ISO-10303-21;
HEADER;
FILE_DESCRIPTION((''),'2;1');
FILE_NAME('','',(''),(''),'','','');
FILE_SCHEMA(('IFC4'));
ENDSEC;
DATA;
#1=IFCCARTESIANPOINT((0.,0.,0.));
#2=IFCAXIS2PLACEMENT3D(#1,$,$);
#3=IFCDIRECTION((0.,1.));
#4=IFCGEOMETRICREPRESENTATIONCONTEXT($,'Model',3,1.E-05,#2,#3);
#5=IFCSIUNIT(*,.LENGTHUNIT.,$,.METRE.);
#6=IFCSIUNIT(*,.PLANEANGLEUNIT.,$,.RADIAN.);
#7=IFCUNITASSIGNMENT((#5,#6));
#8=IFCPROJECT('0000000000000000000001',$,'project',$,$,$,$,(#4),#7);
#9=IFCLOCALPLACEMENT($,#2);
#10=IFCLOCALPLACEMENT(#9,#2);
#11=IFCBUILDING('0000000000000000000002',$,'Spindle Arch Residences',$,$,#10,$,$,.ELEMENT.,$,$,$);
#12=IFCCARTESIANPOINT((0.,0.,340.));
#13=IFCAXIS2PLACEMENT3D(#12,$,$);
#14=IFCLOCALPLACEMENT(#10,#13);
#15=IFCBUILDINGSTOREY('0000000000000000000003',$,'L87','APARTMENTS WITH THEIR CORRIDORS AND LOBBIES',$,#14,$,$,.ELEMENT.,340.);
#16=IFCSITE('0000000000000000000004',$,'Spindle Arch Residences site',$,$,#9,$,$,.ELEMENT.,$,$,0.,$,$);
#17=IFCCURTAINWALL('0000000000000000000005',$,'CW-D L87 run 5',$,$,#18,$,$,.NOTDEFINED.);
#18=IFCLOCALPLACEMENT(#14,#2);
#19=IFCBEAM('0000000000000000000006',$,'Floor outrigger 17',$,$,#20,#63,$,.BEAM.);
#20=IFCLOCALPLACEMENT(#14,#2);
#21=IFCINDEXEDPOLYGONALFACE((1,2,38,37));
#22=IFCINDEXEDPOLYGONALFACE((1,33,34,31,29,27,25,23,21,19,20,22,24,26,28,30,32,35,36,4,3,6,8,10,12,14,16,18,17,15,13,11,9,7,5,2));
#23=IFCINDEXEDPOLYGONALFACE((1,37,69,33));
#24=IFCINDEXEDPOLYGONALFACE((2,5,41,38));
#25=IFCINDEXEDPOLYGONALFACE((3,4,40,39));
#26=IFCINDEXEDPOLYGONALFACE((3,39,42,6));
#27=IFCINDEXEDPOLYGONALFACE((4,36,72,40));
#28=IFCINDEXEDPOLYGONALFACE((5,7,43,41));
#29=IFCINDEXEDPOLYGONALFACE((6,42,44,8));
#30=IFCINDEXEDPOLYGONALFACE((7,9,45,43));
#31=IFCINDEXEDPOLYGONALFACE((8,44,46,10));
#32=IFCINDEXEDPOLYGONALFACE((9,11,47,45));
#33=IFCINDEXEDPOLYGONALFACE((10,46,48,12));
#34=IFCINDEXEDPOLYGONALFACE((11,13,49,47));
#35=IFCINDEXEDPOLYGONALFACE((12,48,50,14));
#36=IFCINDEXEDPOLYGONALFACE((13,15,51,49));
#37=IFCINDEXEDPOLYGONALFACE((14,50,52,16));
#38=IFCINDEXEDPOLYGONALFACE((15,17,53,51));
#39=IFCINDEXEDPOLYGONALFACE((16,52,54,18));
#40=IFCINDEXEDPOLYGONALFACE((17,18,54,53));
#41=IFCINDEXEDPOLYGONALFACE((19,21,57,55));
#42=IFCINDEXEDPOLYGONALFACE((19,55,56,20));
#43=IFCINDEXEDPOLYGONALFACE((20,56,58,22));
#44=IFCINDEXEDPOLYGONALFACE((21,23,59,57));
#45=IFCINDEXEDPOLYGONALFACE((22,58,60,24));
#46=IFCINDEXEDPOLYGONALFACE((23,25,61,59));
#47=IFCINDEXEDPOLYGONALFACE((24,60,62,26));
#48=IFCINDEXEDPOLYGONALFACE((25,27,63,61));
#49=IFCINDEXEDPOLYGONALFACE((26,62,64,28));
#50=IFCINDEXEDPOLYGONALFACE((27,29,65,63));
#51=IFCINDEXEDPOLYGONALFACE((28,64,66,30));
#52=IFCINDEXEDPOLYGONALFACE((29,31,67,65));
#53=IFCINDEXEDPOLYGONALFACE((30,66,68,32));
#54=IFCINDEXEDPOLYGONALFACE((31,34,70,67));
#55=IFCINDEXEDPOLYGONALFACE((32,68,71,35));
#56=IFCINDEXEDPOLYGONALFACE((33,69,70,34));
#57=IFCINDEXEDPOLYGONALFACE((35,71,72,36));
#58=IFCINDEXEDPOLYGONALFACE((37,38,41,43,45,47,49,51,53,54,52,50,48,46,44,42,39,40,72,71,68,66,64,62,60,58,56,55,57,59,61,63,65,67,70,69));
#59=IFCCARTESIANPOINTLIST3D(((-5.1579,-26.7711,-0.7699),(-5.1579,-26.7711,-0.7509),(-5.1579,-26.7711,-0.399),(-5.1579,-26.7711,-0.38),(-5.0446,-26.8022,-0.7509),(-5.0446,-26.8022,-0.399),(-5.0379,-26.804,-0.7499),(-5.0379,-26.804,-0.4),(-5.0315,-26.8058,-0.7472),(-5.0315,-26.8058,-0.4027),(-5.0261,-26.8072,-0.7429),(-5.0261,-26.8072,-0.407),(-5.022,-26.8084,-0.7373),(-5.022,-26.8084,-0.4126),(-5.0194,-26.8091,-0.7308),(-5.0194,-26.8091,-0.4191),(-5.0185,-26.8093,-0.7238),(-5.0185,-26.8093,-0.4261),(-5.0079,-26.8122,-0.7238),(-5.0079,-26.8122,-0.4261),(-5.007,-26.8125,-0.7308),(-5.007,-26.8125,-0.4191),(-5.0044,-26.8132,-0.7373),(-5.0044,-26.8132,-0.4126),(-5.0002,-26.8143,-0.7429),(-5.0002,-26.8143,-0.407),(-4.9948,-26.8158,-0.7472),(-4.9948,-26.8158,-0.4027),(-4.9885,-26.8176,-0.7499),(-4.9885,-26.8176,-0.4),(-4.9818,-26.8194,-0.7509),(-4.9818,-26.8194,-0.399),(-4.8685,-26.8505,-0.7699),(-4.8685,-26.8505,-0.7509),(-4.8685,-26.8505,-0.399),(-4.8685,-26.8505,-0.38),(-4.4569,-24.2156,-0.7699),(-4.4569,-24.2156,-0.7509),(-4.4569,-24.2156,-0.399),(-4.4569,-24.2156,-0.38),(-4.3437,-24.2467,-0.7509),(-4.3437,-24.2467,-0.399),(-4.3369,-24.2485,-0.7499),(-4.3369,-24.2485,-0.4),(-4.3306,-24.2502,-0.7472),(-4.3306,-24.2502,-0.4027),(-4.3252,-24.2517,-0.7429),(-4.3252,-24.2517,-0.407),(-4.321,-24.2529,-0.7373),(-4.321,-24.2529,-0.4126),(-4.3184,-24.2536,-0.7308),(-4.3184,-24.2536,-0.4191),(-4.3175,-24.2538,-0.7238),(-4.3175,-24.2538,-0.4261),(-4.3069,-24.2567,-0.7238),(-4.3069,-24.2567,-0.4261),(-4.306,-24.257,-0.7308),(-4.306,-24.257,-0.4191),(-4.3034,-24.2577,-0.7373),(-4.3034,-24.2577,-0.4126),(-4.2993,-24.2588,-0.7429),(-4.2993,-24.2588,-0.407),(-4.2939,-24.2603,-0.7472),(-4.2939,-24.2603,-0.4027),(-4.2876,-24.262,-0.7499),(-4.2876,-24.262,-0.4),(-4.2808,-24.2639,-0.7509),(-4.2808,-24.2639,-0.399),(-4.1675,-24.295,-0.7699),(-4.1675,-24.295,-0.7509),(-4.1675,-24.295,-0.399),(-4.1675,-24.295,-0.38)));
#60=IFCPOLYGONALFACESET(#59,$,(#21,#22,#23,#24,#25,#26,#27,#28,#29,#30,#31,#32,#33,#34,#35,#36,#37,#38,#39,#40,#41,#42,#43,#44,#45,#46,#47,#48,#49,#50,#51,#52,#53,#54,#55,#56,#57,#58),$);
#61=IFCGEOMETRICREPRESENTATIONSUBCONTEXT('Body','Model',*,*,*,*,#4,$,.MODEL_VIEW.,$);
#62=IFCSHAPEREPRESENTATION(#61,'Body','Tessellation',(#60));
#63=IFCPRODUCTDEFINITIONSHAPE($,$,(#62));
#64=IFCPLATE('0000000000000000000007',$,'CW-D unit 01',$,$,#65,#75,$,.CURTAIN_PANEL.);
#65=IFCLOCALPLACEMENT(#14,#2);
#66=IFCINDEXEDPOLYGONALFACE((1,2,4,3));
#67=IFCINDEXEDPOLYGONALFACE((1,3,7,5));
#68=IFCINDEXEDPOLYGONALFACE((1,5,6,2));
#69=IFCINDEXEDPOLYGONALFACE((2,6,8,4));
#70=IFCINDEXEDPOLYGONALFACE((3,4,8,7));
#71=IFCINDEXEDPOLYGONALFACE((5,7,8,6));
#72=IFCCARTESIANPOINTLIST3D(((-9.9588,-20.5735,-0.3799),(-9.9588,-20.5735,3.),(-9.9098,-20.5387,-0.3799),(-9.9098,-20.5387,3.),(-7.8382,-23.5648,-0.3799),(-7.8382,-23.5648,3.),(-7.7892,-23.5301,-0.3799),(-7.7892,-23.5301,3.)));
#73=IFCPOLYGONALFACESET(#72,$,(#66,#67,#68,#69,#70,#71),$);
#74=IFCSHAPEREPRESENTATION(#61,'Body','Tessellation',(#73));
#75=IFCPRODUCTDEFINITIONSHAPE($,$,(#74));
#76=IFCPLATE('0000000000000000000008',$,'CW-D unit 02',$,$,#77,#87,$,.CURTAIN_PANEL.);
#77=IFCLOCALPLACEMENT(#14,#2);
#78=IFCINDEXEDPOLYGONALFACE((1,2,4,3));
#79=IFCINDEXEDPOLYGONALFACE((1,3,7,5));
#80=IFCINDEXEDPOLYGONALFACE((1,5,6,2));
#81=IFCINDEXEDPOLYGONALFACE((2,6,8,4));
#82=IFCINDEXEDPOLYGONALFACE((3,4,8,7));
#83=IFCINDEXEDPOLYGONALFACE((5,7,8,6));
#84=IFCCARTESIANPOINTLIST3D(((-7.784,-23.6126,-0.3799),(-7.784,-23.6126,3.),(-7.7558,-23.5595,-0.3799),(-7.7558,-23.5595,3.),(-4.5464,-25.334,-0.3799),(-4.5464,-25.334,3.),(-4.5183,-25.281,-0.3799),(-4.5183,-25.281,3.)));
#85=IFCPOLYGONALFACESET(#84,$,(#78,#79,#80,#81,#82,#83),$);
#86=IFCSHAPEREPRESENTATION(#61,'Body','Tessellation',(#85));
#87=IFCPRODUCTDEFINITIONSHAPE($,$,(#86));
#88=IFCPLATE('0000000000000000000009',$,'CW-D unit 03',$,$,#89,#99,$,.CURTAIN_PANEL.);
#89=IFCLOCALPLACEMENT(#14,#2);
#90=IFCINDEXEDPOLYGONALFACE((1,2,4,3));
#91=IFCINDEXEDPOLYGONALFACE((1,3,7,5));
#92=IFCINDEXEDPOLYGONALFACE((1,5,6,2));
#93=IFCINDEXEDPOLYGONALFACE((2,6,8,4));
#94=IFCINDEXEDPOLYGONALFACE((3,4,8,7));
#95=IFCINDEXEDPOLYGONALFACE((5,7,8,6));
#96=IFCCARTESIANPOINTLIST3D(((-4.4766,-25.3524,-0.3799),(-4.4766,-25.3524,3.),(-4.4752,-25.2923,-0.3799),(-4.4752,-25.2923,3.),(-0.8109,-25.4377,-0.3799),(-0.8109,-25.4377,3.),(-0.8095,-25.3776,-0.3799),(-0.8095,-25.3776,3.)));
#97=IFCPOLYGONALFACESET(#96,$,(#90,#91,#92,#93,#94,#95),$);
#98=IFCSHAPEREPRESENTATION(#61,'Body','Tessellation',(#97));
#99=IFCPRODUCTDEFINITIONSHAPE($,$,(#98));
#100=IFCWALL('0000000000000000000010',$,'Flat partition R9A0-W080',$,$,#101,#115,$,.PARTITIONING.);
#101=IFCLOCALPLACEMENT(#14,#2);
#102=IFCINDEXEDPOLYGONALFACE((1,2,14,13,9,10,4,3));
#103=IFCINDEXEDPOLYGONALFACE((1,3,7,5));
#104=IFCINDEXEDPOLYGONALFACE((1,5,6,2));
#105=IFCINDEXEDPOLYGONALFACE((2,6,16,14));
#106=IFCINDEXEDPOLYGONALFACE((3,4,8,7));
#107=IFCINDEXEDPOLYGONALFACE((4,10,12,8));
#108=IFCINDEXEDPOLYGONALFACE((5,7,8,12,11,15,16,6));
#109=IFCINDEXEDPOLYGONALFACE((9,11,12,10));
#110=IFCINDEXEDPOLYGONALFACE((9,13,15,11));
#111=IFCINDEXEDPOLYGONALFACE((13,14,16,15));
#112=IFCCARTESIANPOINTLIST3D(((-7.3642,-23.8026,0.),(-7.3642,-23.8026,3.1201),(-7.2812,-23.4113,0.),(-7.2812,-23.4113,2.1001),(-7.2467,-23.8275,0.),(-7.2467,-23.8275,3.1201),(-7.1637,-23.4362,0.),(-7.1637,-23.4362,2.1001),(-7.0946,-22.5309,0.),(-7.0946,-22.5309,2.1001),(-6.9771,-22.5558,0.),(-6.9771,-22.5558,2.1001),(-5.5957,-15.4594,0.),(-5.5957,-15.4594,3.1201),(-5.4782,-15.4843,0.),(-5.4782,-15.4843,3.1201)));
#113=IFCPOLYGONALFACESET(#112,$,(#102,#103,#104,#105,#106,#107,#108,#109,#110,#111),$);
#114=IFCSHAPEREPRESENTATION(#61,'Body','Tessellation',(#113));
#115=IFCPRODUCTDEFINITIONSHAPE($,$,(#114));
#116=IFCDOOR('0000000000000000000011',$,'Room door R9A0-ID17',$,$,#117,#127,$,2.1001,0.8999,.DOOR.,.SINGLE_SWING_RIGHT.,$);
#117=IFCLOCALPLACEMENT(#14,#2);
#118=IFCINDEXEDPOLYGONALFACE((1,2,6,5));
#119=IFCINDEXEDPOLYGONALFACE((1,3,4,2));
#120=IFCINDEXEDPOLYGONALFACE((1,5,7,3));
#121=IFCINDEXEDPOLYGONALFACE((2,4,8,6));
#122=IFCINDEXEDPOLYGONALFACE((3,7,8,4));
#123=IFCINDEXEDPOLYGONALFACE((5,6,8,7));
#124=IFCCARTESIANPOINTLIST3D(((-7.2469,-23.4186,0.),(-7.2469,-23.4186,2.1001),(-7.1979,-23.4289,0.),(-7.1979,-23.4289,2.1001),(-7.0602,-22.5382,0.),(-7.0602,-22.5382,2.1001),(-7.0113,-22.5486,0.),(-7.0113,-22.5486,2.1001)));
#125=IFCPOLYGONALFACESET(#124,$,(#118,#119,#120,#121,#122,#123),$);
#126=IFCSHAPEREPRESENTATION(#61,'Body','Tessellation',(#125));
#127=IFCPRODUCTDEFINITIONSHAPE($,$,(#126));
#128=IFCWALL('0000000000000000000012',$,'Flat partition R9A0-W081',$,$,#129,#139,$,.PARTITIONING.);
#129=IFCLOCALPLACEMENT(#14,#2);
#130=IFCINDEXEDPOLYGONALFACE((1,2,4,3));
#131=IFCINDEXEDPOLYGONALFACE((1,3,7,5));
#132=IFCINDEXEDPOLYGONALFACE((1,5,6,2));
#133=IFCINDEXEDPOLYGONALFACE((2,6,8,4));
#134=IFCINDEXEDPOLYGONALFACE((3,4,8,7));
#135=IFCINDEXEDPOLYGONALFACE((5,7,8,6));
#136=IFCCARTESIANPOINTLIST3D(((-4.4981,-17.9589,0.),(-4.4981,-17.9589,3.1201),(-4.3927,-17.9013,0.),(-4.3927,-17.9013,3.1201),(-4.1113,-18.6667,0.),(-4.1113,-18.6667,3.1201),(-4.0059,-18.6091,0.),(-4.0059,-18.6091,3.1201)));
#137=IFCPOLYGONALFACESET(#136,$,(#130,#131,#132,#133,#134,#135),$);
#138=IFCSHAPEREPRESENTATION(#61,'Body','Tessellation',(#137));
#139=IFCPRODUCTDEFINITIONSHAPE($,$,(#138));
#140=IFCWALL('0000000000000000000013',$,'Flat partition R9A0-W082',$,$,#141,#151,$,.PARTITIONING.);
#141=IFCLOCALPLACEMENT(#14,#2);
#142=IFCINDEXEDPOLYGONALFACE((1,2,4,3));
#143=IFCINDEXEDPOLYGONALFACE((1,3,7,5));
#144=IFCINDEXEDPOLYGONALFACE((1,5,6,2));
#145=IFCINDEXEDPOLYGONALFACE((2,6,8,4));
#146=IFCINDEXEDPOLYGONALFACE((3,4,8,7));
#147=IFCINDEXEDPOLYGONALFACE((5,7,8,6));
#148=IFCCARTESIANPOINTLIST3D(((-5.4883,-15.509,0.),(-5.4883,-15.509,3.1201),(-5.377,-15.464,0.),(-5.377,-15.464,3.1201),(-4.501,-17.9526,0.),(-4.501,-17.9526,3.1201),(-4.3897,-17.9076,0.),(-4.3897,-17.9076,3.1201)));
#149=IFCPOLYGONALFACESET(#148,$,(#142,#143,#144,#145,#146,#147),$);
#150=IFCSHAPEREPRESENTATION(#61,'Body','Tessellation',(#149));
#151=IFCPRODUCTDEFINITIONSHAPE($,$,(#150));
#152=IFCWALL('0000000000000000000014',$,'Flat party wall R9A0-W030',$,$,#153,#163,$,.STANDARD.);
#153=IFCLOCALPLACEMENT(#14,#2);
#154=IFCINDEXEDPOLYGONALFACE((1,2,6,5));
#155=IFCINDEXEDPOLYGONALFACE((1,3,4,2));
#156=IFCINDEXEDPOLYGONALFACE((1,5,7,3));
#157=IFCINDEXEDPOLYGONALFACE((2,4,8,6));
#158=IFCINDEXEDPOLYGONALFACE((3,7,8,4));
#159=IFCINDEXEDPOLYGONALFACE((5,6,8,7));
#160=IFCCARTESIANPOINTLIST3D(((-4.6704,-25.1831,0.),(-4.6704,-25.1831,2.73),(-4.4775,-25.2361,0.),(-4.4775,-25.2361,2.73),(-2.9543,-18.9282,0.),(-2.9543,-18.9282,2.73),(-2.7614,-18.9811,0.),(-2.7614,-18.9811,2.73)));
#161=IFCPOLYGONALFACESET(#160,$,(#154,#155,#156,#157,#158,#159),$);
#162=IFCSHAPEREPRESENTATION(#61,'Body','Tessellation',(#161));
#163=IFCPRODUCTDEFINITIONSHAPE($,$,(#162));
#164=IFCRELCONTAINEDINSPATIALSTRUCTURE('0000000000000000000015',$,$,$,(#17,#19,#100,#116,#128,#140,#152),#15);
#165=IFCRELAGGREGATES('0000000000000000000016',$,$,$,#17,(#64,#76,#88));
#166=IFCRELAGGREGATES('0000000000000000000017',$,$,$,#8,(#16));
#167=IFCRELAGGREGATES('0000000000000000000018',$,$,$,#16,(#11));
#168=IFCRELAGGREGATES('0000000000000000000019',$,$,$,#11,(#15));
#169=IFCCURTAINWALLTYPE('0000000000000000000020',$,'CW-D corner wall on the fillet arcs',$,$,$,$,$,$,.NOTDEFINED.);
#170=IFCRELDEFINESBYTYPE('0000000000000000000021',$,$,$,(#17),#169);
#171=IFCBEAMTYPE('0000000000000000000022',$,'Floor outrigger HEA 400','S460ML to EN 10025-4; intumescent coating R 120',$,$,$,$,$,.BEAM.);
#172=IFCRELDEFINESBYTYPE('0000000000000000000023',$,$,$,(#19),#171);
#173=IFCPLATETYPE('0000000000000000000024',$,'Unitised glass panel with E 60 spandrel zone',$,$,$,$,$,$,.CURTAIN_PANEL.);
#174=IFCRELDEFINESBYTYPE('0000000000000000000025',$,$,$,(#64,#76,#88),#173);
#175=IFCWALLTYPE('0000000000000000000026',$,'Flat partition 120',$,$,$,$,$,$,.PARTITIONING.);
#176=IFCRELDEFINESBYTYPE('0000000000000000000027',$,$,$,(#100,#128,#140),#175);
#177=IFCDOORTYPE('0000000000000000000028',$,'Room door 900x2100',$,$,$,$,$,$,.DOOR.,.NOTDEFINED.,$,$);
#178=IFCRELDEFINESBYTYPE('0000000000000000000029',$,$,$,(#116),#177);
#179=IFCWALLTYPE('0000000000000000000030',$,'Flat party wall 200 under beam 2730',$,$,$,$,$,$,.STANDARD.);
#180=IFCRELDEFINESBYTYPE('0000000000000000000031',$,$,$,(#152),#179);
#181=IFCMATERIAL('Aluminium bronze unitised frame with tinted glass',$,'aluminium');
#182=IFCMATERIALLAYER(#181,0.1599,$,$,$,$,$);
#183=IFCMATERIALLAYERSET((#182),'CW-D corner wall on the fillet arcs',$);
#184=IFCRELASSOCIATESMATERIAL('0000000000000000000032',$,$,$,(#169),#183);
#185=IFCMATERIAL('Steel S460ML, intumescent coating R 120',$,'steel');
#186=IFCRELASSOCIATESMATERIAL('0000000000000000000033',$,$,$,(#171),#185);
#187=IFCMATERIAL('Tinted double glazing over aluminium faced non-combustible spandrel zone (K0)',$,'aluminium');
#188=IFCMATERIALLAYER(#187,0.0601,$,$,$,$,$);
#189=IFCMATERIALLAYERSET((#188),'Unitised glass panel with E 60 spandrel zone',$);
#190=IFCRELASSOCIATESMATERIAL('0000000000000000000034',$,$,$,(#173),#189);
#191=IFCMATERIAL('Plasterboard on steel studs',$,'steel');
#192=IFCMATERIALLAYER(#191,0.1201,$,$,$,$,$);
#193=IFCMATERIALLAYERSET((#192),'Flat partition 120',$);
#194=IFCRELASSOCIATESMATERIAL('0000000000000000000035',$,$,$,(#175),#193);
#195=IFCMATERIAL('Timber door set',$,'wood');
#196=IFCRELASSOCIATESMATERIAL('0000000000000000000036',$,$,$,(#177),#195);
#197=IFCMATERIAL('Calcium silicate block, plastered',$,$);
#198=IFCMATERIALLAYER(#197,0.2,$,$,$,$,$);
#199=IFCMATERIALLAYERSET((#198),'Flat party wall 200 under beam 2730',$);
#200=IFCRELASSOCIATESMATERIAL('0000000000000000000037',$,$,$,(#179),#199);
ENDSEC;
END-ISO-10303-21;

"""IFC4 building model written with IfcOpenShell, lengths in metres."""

from ifc_helpers import new_model, si_unit, direction, frame, frame_2d, origin, origin_2d, place, context, subcontext, project, spatial, rectangle, i_section, extrude, material, layer, layer_set, material_profile, profile_set, type_object, element, fill, aggregate, save


model = new_model("IFC4")

# Units and contexts
model_context = context("Model", 3, precision=1e-05, world=origin(), true_north=direction((0.0, 1.0)))
body_context = subcontext(model_context, "Body", "Model", "MODEL_VIEW")
ifc_project = project(units=[si_unit("LENGTHUNIT", "METRE"), si_unit("PLANEANGLEUNIT", "RADIAN")], contexts=[model_context])

# Site, building, storey
site_placement = place(None, origin())
site = spatial("IfcSite", under=ifc_project, at=site_placement, Name="Spindle Arch Residences site", CompositionType="ELEMENT", RefElevation=0.0)
building_placement = place(site_placement, origin())
building = spatial("IfcBuilding", under=site, at=building_placement, Name="Spindle Arch Residences", CompositionType="ELEMENT")
storey_placement = place(building_placement, frame((0.0, 0.0, 340.0)))
storey = spatial("IfcBuildingStorey", under=building, at=storey_placement, Name="L87", Description="APARTMENTS WITH THEIR CORRIDORS AND LOBBIES", CompositionType="ELEMENT", Elevation=340.0)

# Curtain wall
ifc_material_1 = material(Name="Aluminium bronze unitised frame with tinted glass", Category="aluminium")
ifc_layer_1 = layer(ifc_material_1, 0.1599)
ifc_layer_set_1 = layer_set([ifc_layer_1], Name="CW-D corner wall on the fillet arcs")
curtain_wall_type = type_object("IfcCurtainWallType", Name="CW-D corner wall on the fillet arcs", PredefinedType="NOTDEFINED", material=ifc_layer_set_1)
curtain_wall_placement = place(storey_placement, origin())
curtain_wall = element("IfcCurtainWall", 1, at=curtain_wall_placement, inside=storey, type_object=curtain_wall_type, Name="CW-D L87 run 5", PredefinedType="NOTDEFINED")

# Beam
ifc_material_2 = material(Name="Steel S460ML, intumescent coating R 120", Category="steel")
ifc_material_profile_1 = material_profile(ifc_material_2, i_section(OverallWidth=0.3, OverallDepth=0.3899, WebThickness=0.011, FlangeThickness=0.019, FilletRadius=0.0271, at=origin_2d()), Name="HEA 400")
ifc_profile_set_1 = profile_set([ifc_material_profile_1], Name="Steel S460ML, intumescent coating R 120")
beam_type_1 = type_object("IfcBeamType", Name="Floor outrigger HEA 400", Description="S460ML to EN 10025-4; intumescent coating R 120", PredefinedType="BEAM", material=ifc_profile_set_1)
beam_1_placement = place(storey_placement, frame((-5.0132, -26.8108, -0.575), z_axis=(0.26452, 0.96438, 0.0), x_axis=(-0.96438, 0.26452, 0.0)))
element("IfcBeam", 2, at=beam_1_placement, inside=storey, type_object=beam_type_1, Name="Floor outrigger 17", PredefinedType="BEAM", context=body_context, shape_type="SweptSolid", body=[
    extrude(i_section(OverallWidth=0.3, OverallDepth=0.3899, WebThickness=0.011, FlangeThickness=0.019, FilletRadius=0.0271, at=origin_2d()), origin(), (0.0, 0.0, 1.0), 2.6499),
])

# Plates
ifc_material_3 = material(Name="Tinted double glazing over aluminium faced non-combustible spandrel zone (K0)", Category="aluminium")
ifc_layer_2 = layer(ifc_material_3, 0.0601)
ifc_layer_set_2 = layer_set([ifc_layer_2], Name="Unitised glass panel with E 60 spandrel zone")
plate_type = type_object("IfcPlateType", Name="Unitised glass panel with E 60 spandrel zone", PredefinedType="CURTAIN_PANEL", material=ifc_layer_set_2)
plate_1_placement = place(storey_placement, frame((-8.874, -22.0518, -0.3799), z_axis=(0.0, 0.0, 1.0), x_axis=(0.578332, -0.815801, 0.0)))
plate_1 = element("IfcPlate", 3, at=plate_1_placement, type_object=plate_type, Name="CW-D unit 01", PredefinedType="CURTAIN_PANEL", context=body_context, shape_type="SweptSolid", body=[
    extrude(rectangle(XDim=3.6667, YDim=0.0601, at=origin_2d()), origin(), (0.0, 0.0, 1.0), 3.3799),
])
plate_2_placement = place(storey_placement, frame((-6.1511, -24.4468, -0.3799), z_axis=(0.0, 0.0, 1.0), x_axis=(0.882948, -0.469472, 0.0)))
plate_2 = element("IfcPlate", 4, at=plate_2_placement, type_object=plate_type, Name="CW-D unit 02", PredefinedType="CURTAIN_PANEL", context=body_context, shape_type="SweptSolid", body=[
    extrude(rectangle(XDim=3.6667, YDim=0.0601, at=origin_2d()), origin(), (0.0, 0.0, 1.0), 3.3799),
])
plate_3_placement = place(storey_placement, frame((-2.6431, -25.365, -0.3799), z_axis=(0.0, 0.0, 1.0), x_axis=(0.999729, -0.023269, 0.0)))
plate_3 = element("IfcPlate", 5, at=plate_3_placement, type_object=plate_type, Name="CW-D unit 03", PredefinedType="CURTAIN_PANEL", context=body_context, shape_type="SweptSolid", body=[
    extrude(rectangle(XDim=3.6667, YDim=0.0601, at=origin_2d()), origin(), (0.0, 0.0, 1.0), 3.3799),
])
aggregate(curtain_wall, [plate_1, plate_2, plate_3])

# Wall, opening, door
ifc_material_4 = material(Name="Plasterboard on steel studs", Category="steel")
ifc_layer_3 = layer(ifc_material_4, 0.1201)
ifc_layer_set_3 = layer_set([ifc_layer_3], Name="Flat partition 120")
wall_type_1 = type_object("IfcWallType", Name="Flat partition 120", PredefinedType="PARTITIONING", material=ifc_layer_set_3)
wall_1_placement = place(storey_placement, frame((-7.3054, -23.8149, 0.0), z_axis=(0.0, 0.0, 1.0), x_axis=(0.207366, 0.978263, 0.0)))
wall_1 = element("IfcWall", 6, at=wall_1_placement, inside=storey, type_object=wall_type_1, Name="Flat partition R9A0-W080", PredefinedType="PARTITIONING", context=body_context, shape_type="SweptSolid", body=[
    extrude(rectangle(XDim=8.5286, YDim=0.1201, at=frame_2d((4.2642, 0.0))), origin(), (0.0, 0.0, 1.0), 3.1201),
])
opening_placement = place(wall_1_placement, frame((0.3999, 0.0, 0.0)))
opening = element("IfcOpeningElement", 7, at=opening_placement, cuts=wall_1, PredefinedType="OPENING", context=body_context, shape_type="SweptSolid", body=[
    extrude(rectangle(XDim=0.8999, YDim=2.1001, at=frame_2d((0.45, 1.05))), frame((0.0, 0.0701, 0.0), z_axis=(0.0, -1.0, 0.0), x_axis=(1.0, 0.0, 0.0)), (0.0, 0.0, 1.0), 0.1401),
])
ifc_material_5 = material(Name="Timber door set", Category="wood")
door_type = type_object("IfcDoorType", Name="Room door 900x2100", OperationType="NOTDEFINED", PredefinedType="DOOR", material=ifc_material_5)
door_placement = place(opening_placement, origin())
door = element("IfcDoor", 8, at=door_placement, inside=storey, type_object=door_type, Name="Room door R9A0-ID17", OperationType="SINGLE_SWING_RIGHT", OverallHeight=2.1001, OverallWidth=0.8999, PredefinedType="DOOR", context=body_context, shape_type="SweptSolid", body=[
    extrude(rectangle(XDim=0.8999, YDim=2.1001, at=frame_2d((0.45, 1.05))), frame((0.0, 0.0249, 0.0), z_axis=(0.0, -1.0, 0.0), x_axis=(1.0, 0.0, 0.0)), (0.0, 0.0, 1.0), 0.05),
])
fill(opening, door)

# Walls
wall_2_placement = place(storey_placement, frame((-4.0586, -18.6379, 0.0), z_axis=(0.0, 0.0, 1.0), x_axis=(-0.479488, 0.877548, 0.0)))
element("IfcWall", 9, at=wall_2_placement, inside=storey, type_object=wall_type_1, Name="Flat partition R9A0-W081", PredefinedType="PARTITIONING", context=body_context, shape_type="SweptSolid", body=[
    extrude(rectangle(XDim=0.8066, YDim=0.1201, at=frame_2d((0.4033, 0.0))), origin(), (0.0, 0.0, 1.0), 3.1201),
])
wall_3_placement = place(storey_placement, frame((-4.4453, -17.9302, 0.0), z_axis=(0.0, 0.0, 1.0), x_axis=(-0.374615, 0.927181, 0.0)))
element("IfcWall", 10, at=wall_3_placement, inside=storey, type_object=wall_type_1, Name="Flat partition R9A0-W082", PredefinedType="PARTITIONING", context=body_context, shape_type="SweptSolid", body=[
    extrude(rectangle(XDim=2.6355, YDim=0.1201, at=frame_2d((1.3179, 0.0))), origin(), (0.0, 0.0, 1.0), 3.1201),
])
ifc_material_6 = material(Name="Calcium silicate block, plastered")
ifc_layer_4 = layer(ifc_material_6, 0.2)
ifc_layer_set_4 = layer_set([ifc_layer_4], Name="Flat party wall 200 under beam 2730")
wall_type_2 = type_object("IfcWallType", Name="Flat party wall 200 under beam 2730", PredefinedType="STANDARD", material=ifc_layer_set_4)
wall_4_placement = place(storey_placement, frame((-4.574, -25.2097, 0.0), z_axis=(0.0, 0.0, 1.0), x_axis=(0.264579, 0.964364, 0.0)))
element("IfcWall", 11, at=wall_4_placement, inside=storey, type_object=wall_type_2, Name="Flat party wall R9A0-W030", PredefinedType="STANDARD", context=body_context, shape_type="SweptSolid", body=[
    extrude(rectangle(XDim=6.4861, YDim=0.2, at=frame_2d((3.2432, 0.0))), origin(), (0.0, 0.0, 1.0), 2.73),
])

save(model, "model.ifc")
